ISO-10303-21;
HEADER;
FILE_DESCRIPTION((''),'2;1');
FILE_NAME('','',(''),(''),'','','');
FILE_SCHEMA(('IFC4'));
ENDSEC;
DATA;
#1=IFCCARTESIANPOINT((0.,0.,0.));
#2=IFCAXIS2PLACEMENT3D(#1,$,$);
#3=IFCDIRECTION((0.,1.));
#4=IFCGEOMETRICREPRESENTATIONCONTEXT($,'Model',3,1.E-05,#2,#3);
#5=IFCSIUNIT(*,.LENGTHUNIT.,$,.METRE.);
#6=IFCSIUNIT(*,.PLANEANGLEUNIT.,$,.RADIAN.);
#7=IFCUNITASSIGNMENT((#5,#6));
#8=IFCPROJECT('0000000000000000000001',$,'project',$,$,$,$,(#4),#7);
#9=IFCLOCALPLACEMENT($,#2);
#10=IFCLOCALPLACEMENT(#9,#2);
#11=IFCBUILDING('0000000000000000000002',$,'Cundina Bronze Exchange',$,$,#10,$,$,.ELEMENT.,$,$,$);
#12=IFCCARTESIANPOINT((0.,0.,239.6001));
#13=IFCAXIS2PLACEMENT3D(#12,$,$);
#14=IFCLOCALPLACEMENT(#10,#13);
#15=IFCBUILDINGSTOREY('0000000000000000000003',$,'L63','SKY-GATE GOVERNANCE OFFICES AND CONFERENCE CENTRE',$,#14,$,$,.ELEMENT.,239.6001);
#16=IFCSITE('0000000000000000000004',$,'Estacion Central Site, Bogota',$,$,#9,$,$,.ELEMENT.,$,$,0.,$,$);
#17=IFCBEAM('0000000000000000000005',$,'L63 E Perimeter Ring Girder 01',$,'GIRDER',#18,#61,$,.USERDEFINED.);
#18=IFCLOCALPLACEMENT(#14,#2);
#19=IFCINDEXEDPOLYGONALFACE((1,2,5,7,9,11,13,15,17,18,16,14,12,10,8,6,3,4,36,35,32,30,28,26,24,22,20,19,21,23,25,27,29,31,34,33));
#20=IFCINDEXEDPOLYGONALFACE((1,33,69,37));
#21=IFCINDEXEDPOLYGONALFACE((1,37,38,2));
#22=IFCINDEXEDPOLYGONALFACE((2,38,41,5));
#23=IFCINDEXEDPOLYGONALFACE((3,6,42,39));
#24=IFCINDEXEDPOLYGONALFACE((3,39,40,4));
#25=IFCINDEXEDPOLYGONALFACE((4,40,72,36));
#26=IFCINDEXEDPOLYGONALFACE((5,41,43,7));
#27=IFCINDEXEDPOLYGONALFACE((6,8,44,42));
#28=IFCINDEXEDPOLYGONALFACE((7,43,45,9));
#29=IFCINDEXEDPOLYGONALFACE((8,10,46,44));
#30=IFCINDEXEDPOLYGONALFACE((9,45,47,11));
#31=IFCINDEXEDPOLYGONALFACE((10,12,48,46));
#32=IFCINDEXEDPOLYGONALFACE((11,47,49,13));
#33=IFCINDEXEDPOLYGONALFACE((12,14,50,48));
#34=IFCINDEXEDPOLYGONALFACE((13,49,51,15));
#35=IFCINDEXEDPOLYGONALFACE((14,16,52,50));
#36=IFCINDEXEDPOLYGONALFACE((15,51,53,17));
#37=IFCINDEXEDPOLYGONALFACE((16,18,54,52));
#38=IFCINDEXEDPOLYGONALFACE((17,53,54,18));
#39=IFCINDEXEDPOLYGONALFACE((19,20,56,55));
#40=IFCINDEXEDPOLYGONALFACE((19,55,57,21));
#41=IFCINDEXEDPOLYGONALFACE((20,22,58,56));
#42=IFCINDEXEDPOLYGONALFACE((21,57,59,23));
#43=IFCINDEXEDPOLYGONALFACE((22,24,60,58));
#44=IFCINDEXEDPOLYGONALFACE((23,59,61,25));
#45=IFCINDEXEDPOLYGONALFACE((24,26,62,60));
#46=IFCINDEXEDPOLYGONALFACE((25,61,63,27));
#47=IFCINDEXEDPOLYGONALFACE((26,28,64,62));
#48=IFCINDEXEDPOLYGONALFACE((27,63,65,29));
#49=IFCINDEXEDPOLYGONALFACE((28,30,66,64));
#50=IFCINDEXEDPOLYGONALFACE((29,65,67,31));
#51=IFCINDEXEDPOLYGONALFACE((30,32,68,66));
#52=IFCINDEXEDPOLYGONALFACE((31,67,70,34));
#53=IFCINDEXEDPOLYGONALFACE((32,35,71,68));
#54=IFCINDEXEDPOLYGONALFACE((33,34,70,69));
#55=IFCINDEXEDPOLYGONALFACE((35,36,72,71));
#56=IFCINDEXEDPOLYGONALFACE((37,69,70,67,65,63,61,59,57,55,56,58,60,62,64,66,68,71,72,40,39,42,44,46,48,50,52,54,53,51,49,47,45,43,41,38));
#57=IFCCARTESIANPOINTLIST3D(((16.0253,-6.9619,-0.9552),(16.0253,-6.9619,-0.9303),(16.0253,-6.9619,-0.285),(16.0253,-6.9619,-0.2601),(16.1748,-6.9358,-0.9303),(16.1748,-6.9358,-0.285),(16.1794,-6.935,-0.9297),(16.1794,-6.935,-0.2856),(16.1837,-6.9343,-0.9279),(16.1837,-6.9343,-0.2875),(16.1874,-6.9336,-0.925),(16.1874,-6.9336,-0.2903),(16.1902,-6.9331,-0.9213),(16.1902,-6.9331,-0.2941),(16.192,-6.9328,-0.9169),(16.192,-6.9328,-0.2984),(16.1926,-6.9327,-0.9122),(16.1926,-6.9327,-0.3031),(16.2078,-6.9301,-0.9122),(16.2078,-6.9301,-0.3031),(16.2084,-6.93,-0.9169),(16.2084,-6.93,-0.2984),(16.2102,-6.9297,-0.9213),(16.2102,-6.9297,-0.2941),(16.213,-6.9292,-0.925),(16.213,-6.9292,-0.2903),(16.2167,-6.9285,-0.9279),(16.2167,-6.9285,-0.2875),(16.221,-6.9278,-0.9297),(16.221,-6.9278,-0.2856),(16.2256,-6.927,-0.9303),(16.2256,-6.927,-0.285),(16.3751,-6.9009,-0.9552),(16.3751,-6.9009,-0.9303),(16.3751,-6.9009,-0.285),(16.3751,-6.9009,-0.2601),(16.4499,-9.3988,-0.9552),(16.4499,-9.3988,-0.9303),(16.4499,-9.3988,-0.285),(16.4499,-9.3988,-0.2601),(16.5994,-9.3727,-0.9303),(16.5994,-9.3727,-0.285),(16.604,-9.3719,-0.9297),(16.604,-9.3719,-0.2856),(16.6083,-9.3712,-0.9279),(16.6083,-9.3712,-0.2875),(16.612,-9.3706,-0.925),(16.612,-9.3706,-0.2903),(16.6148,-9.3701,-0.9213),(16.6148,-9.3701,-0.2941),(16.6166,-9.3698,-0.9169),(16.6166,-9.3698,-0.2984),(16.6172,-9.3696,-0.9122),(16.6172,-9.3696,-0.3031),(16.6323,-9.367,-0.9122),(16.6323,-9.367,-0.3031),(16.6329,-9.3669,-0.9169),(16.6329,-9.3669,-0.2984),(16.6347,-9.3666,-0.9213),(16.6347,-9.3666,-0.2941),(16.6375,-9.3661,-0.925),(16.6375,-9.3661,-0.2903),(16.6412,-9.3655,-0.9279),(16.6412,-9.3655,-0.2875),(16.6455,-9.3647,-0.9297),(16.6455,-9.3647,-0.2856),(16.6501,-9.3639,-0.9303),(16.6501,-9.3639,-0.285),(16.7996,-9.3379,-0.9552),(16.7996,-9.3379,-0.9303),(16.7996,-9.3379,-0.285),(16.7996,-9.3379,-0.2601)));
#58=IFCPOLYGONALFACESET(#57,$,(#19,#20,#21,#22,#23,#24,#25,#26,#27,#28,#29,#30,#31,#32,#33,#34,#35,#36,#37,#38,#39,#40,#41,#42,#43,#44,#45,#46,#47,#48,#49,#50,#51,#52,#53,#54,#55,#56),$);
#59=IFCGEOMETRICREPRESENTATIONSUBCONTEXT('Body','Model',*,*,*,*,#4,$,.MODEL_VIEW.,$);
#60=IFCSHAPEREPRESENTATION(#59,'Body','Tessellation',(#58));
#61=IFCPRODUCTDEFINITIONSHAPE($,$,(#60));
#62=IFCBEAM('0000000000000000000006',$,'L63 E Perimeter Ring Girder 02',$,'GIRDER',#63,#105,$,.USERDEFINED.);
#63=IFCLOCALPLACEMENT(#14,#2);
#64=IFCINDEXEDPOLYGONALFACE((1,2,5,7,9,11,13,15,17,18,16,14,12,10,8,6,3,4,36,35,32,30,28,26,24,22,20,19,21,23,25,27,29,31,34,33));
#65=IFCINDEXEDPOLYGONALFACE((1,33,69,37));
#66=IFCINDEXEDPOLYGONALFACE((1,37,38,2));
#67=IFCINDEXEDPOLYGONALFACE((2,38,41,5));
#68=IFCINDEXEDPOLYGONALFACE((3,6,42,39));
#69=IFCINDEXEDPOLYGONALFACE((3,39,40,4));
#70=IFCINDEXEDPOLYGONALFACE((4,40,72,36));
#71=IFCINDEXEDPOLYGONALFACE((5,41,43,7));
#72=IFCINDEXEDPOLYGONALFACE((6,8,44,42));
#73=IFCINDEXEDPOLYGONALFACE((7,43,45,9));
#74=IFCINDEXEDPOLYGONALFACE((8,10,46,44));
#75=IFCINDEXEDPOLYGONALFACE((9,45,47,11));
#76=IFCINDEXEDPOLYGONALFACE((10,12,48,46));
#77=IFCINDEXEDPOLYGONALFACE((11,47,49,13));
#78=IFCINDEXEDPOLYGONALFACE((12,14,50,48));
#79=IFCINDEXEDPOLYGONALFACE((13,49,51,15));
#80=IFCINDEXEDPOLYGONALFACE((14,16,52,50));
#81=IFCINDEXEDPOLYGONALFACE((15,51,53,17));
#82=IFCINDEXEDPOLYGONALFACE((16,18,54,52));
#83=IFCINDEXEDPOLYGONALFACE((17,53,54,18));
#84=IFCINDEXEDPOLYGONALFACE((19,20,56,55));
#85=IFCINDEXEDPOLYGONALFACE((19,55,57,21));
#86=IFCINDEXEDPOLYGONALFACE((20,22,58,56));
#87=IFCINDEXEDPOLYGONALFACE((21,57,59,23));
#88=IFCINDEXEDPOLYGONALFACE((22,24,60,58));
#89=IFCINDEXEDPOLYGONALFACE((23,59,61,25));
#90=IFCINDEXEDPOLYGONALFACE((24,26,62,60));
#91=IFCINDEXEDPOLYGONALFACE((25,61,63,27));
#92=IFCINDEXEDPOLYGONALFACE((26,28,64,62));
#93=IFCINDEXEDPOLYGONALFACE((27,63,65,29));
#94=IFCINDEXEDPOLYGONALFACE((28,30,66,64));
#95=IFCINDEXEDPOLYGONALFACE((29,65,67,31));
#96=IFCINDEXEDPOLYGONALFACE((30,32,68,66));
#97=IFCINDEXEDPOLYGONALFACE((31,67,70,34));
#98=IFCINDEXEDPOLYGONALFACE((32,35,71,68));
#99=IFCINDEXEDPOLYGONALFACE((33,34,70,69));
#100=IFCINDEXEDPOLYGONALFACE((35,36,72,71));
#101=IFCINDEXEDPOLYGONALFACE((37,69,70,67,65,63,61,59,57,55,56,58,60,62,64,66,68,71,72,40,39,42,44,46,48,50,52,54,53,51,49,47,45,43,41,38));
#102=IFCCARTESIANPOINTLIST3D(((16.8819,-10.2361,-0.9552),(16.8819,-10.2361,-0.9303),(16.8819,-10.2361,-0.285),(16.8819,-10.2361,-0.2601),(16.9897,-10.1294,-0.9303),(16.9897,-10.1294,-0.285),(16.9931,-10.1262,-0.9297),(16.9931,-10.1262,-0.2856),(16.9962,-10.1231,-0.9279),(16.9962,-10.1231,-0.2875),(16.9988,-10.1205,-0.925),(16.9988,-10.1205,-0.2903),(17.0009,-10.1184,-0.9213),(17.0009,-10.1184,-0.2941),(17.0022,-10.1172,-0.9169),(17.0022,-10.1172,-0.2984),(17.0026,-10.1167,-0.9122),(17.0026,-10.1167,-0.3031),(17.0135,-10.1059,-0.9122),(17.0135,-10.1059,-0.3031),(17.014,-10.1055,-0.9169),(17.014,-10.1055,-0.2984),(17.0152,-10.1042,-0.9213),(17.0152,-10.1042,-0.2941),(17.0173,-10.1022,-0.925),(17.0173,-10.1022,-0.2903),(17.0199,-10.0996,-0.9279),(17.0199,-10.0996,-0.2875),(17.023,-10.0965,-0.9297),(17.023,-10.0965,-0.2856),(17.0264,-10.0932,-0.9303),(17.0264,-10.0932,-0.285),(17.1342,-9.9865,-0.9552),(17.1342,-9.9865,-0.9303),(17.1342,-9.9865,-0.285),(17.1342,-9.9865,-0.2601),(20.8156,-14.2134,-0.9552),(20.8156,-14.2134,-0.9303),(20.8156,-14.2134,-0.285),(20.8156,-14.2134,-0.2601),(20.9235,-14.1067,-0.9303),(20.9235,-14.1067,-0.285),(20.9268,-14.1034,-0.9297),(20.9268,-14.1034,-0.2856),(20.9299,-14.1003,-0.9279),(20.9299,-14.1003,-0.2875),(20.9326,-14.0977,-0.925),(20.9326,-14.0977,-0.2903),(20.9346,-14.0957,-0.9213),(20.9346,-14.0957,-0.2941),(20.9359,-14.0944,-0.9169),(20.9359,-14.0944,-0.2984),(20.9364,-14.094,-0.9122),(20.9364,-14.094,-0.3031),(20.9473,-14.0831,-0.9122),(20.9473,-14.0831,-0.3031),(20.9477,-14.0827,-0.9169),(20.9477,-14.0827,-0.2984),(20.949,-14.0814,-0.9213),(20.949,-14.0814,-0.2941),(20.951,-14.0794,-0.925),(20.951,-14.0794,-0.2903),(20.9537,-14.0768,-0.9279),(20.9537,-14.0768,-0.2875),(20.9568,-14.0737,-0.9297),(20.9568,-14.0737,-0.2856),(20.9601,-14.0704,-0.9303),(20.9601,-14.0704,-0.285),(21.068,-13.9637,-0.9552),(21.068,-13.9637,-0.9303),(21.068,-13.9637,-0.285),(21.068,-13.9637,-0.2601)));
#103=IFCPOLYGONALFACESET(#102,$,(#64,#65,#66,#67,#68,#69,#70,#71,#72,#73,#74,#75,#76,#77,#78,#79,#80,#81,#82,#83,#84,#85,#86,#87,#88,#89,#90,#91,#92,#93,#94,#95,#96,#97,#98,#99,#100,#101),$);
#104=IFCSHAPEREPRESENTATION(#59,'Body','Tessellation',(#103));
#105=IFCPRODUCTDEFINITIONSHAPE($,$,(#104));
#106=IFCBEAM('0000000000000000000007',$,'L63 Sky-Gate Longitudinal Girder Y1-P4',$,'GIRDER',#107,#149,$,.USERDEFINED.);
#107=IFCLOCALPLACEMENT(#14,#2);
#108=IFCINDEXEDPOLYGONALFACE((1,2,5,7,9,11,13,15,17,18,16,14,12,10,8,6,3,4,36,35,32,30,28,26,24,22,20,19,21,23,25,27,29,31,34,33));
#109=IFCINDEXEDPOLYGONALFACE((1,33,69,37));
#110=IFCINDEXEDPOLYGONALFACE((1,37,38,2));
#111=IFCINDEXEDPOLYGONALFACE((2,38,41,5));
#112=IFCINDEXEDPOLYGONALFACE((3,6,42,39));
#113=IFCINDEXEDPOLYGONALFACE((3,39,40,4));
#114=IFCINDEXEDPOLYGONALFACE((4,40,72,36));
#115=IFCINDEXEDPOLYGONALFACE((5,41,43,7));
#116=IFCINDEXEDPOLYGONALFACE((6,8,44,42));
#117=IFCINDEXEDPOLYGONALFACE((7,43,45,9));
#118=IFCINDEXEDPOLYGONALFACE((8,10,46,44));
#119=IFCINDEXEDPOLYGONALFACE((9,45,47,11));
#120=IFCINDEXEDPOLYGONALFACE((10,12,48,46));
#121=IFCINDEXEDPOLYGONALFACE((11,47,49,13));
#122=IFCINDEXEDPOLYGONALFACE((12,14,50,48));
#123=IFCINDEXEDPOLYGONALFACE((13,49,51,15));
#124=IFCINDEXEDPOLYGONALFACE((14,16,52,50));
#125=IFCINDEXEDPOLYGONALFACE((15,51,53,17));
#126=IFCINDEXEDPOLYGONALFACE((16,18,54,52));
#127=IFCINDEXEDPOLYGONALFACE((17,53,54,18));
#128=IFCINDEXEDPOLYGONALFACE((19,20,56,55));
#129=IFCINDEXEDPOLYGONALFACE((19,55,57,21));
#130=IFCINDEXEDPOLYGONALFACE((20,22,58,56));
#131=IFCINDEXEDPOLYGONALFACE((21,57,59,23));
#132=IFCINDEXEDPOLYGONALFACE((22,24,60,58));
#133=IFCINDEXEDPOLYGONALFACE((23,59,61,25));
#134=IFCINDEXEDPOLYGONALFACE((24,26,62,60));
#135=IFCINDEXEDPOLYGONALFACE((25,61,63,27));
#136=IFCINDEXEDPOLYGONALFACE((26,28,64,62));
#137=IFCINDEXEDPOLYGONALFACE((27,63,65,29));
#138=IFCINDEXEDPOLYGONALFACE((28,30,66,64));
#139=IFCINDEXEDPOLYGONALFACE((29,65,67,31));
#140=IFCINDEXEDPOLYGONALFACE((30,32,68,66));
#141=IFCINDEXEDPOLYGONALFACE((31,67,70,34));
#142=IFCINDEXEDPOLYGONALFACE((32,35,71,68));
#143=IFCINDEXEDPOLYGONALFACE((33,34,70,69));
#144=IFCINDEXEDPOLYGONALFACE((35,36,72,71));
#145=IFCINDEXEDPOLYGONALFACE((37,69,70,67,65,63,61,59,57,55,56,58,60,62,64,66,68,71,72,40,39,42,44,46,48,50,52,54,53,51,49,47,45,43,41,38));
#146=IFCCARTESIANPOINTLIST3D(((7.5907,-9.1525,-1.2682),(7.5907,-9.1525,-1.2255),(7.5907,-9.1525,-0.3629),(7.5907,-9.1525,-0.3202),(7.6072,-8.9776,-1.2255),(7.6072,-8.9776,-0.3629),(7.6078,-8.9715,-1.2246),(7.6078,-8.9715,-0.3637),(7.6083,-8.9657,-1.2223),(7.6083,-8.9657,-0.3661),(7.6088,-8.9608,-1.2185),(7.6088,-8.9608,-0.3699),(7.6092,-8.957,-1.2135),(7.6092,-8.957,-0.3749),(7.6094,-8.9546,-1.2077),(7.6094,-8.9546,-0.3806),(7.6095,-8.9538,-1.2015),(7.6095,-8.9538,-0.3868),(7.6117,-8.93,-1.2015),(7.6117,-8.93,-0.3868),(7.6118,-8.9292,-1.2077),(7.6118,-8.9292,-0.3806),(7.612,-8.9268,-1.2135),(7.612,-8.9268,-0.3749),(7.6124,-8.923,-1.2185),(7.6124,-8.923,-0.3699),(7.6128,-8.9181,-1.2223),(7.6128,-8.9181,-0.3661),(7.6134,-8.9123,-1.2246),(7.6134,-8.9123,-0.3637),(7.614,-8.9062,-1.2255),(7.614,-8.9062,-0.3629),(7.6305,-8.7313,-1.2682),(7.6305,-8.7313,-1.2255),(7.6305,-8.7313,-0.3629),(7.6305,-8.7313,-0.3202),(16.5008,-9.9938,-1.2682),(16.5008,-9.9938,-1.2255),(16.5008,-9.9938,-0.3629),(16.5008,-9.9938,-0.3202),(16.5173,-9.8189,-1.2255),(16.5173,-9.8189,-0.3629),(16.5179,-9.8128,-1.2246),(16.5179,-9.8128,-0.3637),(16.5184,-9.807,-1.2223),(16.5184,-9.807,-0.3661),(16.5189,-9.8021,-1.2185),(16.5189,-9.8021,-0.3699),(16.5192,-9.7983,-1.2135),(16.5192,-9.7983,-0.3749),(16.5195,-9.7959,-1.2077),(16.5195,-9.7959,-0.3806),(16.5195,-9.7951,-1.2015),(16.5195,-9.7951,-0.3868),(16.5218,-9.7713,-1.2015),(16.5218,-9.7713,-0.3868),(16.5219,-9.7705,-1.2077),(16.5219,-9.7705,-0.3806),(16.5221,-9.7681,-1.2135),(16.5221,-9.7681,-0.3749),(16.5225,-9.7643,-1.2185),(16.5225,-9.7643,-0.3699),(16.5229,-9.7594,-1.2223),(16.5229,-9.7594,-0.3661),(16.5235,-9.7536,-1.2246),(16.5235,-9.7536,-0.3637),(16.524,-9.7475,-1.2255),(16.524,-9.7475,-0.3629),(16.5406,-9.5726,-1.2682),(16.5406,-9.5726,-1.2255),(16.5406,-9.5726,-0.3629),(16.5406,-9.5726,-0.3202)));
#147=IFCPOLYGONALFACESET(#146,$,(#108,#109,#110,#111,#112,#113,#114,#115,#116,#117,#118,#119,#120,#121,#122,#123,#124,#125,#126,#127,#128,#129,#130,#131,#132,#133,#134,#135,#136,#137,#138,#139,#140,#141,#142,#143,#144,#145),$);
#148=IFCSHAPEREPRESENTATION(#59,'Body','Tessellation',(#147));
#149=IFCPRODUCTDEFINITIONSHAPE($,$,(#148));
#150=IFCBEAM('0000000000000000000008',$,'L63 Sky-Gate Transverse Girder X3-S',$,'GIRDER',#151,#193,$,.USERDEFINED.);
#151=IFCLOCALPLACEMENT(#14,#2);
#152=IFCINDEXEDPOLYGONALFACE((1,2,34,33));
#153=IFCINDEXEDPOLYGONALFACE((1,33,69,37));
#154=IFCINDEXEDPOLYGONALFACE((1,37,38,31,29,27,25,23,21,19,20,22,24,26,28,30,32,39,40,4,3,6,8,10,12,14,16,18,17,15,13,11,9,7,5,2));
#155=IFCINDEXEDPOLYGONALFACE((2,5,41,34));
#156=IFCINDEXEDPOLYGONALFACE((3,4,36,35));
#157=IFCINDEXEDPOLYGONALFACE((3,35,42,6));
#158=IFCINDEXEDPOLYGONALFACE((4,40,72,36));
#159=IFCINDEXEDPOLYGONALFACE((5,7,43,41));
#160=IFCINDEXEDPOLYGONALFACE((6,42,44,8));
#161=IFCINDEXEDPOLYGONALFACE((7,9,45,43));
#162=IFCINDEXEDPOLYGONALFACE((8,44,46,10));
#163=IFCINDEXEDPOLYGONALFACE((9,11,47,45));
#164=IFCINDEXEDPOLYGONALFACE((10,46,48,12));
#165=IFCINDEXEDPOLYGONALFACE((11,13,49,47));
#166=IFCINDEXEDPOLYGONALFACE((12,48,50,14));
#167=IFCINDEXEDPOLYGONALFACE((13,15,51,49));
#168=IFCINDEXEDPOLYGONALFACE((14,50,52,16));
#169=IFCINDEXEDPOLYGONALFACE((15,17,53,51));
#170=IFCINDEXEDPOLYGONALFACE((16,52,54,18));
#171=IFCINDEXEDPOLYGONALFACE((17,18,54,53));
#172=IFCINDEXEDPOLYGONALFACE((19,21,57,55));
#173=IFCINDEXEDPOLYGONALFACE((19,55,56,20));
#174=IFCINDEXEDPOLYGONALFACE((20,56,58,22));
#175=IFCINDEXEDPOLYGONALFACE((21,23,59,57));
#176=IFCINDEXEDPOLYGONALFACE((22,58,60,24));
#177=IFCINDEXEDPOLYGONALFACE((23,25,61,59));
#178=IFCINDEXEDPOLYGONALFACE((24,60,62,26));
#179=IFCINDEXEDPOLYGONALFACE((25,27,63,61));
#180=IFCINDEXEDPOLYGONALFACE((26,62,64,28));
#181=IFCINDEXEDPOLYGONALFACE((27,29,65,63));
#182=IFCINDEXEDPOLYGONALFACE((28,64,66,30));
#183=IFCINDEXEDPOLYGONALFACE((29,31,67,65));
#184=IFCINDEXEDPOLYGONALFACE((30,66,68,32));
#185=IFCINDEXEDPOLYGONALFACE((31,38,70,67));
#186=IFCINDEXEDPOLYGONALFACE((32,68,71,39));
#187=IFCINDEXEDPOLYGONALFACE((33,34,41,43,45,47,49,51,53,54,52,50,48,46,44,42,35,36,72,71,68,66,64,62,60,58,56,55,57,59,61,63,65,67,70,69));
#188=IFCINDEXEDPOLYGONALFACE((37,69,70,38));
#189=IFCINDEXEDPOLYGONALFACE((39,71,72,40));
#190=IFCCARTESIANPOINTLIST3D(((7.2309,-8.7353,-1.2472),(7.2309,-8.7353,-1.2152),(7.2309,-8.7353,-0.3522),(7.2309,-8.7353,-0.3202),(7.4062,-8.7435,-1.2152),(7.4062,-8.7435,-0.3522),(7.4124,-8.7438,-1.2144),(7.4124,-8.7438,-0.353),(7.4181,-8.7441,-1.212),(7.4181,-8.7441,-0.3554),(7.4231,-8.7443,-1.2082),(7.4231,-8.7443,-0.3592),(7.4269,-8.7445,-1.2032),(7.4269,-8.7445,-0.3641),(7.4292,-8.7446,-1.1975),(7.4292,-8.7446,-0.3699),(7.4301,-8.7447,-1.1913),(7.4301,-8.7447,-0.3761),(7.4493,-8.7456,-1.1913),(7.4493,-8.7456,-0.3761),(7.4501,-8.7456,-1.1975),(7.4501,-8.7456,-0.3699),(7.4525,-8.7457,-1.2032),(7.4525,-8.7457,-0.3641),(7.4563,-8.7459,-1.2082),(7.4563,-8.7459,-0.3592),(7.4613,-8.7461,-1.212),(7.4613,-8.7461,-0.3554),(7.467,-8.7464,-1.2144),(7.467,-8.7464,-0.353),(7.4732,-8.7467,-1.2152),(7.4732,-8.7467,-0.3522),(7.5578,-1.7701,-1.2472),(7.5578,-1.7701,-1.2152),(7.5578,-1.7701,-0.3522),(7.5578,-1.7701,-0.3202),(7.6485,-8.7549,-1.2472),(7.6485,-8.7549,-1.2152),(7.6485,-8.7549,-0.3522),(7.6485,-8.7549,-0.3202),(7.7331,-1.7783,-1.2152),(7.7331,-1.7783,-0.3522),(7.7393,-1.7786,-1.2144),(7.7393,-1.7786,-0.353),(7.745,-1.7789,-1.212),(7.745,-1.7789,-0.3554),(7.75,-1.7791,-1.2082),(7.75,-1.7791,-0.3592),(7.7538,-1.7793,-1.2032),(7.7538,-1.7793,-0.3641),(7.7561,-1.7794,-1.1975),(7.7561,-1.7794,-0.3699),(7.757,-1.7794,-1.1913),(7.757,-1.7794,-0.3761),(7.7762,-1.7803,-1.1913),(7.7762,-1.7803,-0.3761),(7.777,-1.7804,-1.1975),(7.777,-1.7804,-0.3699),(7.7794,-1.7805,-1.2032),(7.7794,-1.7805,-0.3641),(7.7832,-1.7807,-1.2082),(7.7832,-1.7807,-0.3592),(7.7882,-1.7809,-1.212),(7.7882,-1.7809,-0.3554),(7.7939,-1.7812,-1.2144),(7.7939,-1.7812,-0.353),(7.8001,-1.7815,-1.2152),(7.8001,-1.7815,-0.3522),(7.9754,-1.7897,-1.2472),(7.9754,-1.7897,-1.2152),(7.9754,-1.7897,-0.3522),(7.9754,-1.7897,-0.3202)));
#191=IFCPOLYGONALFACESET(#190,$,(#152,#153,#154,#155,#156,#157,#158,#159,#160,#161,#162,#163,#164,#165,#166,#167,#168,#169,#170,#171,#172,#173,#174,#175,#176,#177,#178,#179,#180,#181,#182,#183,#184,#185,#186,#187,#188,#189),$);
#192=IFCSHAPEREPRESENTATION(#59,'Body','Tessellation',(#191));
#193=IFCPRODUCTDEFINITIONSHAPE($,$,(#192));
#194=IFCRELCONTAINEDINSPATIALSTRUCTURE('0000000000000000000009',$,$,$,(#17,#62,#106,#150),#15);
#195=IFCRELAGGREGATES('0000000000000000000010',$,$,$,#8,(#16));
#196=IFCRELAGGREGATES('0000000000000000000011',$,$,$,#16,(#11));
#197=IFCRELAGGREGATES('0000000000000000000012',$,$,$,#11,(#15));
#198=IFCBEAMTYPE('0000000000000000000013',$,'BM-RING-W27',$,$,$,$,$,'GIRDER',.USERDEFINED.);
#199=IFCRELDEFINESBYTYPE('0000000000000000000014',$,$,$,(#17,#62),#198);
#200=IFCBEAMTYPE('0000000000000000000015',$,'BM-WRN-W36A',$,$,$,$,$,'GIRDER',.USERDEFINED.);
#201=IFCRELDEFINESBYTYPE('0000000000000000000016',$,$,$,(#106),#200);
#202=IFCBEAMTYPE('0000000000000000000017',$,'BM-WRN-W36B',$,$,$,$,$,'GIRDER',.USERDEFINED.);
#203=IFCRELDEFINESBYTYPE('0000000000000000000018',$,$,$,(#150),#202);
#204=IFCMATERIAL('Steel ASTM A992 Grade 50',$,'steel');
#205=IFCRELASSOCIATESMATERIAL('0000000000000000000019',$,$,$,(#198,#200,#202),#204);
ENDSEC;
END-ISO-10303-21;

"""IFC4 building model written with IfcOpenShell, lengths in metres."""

from ifc_helpers import new_model, si_unit, direction, frame, origin, origin_2d, place, context, subcontext, project, spatial, i_section, extrude, material, material_profile, profile_set, type_object, element, save


model = new_model("IFC4")

# Units and contexts
model_context = context("Model", 3, precision=1e-05, world=origin(), true_north=direction((0.0, 1.0)))
body_context = subcontext(model_context, "Body", "Model", "MODEL_VIEW")
ifc_project = project(units=[si_unit("LENGTHUNIT", "METRE"), si_unit("PLANEANGLEUNIT", "RADIAN")], contexts=[model_context])

# Site, building, storey
site_placement = place(None, origin())
site = spatial("IfcSite", under=ifc_project, at=site_placement, Name="Estacion Central Site, Bogota", CompositionType="ELEMENT", RefElevation=0.0)
building_placement = place(site_placement, origin())
building = spatial("IfcBuilding", under=site, at=building_placement, Name="Cundina Bronze Exchange", CompositionType="ELEMENT")
storey_placement = place(building_placement, frame((0.0, 0.0, 239.6001)))
storey = spatial("IfcBuildingStorey", under=building, at=storey_placement, Name="L63", Description="SKY-GATE GOVERNANCE OFFICES AND CONFERENCE CENTRE", CompositionType="ELEMENT", Elevation=239.6001)

# Shared definitions
ifc_material_1 = material(Name="Steel ASTM A992 Grade 50", Category="steel")

# Beams
ifc_material_profile_1 = material_profile(ifc_material_1, i_section(OverallWidth=0.355, OverallDepth=0.6951, WebThickness=0.0154, FlangeThickness=0.0249, FilletRadius=0.0181, at=origin_2d()), Name="W27X146", Category="steel")
ifc_profile_set_1 = profile_set([ifc_material_profile_1], Name="Steel ASTM A992 Grade 50")
beam_type_1 = type_object("IfcBeamType", Name="BM-RING-W27", ElementType="GIRDER", PredefinedType="USERDEFINED", material=ifc_profile_set_1)
beam_1_placement = place(storey_placement, frame((16.2002, -6.9314, -0.6077), z_axis=(0.171629, -0.985162, 0.0), x_axis=(0.985162, 0.171629, 0.0)))
element("IfcBeam", 1, at=beam_1_placement, inside=storey, type_object=beam_type_1, Name="L63 E Perimeter Ring Girder 01", ObjectType="GIRDER", PredefinedType="USERDEFINED", context=body_context, shape_type="SweptSolid", body=[
    extrude(i_section(OverallWidth=0.355, OverallDepth=0.6951, WebThickness=0.0154, FlangeThickness=0.0249, FilletRadius=0.0181, at=origin_2d()), origin(), (0.0, 0.0, 1.0), 2.4736),
])
beam_2_placement = place(storey_placement, frame((17.0081, -10.1113, -0.6077), z_axis=(0.703212, -0.71098, 0.0), x_axis=(0.71098, 0.703212, 0.0)))
element("IfcBeam", 2, at=beam_2_placement, inside=storey, type_object=beam_type_1, Name="L63 E Perimeter Ring Girder 02", ObjectType="GIRDER", PredefinedType="USERDEFINED", context=body_context, shape_type="SweptSolid", body=[
    extrude(i_section(OverallWidth=0.355, OverallDepth=0.6951, WebThickness=0.0154, FlangeThickness=0.0249, FilletRadius=0.0181, at=origin_2d()), origin(), (0.0, 0.0, 1.0), 5.594),
])
ifc_material_profile_2 = material_profile(ifc_material_1, i_section(OverallWidth=0.4231, OverallDepth=0.948, WebThickness=0.0239, FlangeThickness=0.0427, FilletRadius=0.0239, at=origin_2d()), Name="W36X302", Category="steel")
ifc_profile_set_2 = profile_set([ifc_material_profile_2], Name="Steel ASTM A992 Grade 50")
beam_type_2 = type_object("IfcBeamType", Name="BM-WRN-W36A", ElementType="GIRDER", PredefinedType="USERDEFINED", material=ifc_profile_set_2)
beam_3_placement = place(storey_placement, frame((7.6106, -8.9419, -0.7942), z_axis=(0.995572, -0.094003, 0.0), x_axis=(0.094003, 0.995572, 0.0)))
element("IfcBeam", 3, at=beam_3_placement, inside=storey, type_object=beam_type_2, Name="L63 Sky-Gate Longitudinal Girder Y1-P4", ObjectType="GIRDER", PredefinedType="USERDEFINED", context=body_context, shape_type="SweptSolid", body=[
    extrude(i_section(OverallWidth=0.4231, OverallDepth=0.948, WebThickness=0.0239, FlangeThickness=0.0427, FilletRadius=0.0239, at=origin_2d()), origin(), (0.0, 0.0, 1.0), 8.9497),
])
ifc_material_profile_3 = material_profile(ifc_material_1, i_section(OverallWidth=0.418, OverallDepth=0.927, WebThickness=0.0193, FlangeThickness=0.032, FilletRadius=0.0239, at=origin_2d()), Name="W36X231", Category="steel")
ifc_profile_set_3 = profile_set([ifc_material_profile_3], Name="Steel ASTM A992 Grade 50")
beam_type_3 = type_object("IfcBeamType", Name="BM-WRN-W36B", ElementType="GIRDER", PredefinedType="USERDEFINED", material=ifc_profile_set_3)
beam_4_placement = place(storey_placement, frame((7.4397, -8.7451, -0.7837), z_axis=(0.046881, 0.9989, 0.0), x_axis=(-0.9989, 0.046881, 0.0)))
element("IfcBeam", 4, at=beam_4_placement, inside=storey, type_object=beam_type_3, Name="L63 Sky-Gate Transverse Girder X3-S", ObjectType="GIRDER", PredefinedType="USERDEFINED", context=body_context, shape_type="SweptSolid", body=[
    extrude(i_section(OverallWidth=0.418, OverallDepth=0.927, WebThickness=0.0193, FlangeThickness=0.032, FilletRadius=0.0239, at=origin_2d()), origin(), (0.0, 0.0, 1.0), 6.9729),
])

save(model, "model.ifc")
